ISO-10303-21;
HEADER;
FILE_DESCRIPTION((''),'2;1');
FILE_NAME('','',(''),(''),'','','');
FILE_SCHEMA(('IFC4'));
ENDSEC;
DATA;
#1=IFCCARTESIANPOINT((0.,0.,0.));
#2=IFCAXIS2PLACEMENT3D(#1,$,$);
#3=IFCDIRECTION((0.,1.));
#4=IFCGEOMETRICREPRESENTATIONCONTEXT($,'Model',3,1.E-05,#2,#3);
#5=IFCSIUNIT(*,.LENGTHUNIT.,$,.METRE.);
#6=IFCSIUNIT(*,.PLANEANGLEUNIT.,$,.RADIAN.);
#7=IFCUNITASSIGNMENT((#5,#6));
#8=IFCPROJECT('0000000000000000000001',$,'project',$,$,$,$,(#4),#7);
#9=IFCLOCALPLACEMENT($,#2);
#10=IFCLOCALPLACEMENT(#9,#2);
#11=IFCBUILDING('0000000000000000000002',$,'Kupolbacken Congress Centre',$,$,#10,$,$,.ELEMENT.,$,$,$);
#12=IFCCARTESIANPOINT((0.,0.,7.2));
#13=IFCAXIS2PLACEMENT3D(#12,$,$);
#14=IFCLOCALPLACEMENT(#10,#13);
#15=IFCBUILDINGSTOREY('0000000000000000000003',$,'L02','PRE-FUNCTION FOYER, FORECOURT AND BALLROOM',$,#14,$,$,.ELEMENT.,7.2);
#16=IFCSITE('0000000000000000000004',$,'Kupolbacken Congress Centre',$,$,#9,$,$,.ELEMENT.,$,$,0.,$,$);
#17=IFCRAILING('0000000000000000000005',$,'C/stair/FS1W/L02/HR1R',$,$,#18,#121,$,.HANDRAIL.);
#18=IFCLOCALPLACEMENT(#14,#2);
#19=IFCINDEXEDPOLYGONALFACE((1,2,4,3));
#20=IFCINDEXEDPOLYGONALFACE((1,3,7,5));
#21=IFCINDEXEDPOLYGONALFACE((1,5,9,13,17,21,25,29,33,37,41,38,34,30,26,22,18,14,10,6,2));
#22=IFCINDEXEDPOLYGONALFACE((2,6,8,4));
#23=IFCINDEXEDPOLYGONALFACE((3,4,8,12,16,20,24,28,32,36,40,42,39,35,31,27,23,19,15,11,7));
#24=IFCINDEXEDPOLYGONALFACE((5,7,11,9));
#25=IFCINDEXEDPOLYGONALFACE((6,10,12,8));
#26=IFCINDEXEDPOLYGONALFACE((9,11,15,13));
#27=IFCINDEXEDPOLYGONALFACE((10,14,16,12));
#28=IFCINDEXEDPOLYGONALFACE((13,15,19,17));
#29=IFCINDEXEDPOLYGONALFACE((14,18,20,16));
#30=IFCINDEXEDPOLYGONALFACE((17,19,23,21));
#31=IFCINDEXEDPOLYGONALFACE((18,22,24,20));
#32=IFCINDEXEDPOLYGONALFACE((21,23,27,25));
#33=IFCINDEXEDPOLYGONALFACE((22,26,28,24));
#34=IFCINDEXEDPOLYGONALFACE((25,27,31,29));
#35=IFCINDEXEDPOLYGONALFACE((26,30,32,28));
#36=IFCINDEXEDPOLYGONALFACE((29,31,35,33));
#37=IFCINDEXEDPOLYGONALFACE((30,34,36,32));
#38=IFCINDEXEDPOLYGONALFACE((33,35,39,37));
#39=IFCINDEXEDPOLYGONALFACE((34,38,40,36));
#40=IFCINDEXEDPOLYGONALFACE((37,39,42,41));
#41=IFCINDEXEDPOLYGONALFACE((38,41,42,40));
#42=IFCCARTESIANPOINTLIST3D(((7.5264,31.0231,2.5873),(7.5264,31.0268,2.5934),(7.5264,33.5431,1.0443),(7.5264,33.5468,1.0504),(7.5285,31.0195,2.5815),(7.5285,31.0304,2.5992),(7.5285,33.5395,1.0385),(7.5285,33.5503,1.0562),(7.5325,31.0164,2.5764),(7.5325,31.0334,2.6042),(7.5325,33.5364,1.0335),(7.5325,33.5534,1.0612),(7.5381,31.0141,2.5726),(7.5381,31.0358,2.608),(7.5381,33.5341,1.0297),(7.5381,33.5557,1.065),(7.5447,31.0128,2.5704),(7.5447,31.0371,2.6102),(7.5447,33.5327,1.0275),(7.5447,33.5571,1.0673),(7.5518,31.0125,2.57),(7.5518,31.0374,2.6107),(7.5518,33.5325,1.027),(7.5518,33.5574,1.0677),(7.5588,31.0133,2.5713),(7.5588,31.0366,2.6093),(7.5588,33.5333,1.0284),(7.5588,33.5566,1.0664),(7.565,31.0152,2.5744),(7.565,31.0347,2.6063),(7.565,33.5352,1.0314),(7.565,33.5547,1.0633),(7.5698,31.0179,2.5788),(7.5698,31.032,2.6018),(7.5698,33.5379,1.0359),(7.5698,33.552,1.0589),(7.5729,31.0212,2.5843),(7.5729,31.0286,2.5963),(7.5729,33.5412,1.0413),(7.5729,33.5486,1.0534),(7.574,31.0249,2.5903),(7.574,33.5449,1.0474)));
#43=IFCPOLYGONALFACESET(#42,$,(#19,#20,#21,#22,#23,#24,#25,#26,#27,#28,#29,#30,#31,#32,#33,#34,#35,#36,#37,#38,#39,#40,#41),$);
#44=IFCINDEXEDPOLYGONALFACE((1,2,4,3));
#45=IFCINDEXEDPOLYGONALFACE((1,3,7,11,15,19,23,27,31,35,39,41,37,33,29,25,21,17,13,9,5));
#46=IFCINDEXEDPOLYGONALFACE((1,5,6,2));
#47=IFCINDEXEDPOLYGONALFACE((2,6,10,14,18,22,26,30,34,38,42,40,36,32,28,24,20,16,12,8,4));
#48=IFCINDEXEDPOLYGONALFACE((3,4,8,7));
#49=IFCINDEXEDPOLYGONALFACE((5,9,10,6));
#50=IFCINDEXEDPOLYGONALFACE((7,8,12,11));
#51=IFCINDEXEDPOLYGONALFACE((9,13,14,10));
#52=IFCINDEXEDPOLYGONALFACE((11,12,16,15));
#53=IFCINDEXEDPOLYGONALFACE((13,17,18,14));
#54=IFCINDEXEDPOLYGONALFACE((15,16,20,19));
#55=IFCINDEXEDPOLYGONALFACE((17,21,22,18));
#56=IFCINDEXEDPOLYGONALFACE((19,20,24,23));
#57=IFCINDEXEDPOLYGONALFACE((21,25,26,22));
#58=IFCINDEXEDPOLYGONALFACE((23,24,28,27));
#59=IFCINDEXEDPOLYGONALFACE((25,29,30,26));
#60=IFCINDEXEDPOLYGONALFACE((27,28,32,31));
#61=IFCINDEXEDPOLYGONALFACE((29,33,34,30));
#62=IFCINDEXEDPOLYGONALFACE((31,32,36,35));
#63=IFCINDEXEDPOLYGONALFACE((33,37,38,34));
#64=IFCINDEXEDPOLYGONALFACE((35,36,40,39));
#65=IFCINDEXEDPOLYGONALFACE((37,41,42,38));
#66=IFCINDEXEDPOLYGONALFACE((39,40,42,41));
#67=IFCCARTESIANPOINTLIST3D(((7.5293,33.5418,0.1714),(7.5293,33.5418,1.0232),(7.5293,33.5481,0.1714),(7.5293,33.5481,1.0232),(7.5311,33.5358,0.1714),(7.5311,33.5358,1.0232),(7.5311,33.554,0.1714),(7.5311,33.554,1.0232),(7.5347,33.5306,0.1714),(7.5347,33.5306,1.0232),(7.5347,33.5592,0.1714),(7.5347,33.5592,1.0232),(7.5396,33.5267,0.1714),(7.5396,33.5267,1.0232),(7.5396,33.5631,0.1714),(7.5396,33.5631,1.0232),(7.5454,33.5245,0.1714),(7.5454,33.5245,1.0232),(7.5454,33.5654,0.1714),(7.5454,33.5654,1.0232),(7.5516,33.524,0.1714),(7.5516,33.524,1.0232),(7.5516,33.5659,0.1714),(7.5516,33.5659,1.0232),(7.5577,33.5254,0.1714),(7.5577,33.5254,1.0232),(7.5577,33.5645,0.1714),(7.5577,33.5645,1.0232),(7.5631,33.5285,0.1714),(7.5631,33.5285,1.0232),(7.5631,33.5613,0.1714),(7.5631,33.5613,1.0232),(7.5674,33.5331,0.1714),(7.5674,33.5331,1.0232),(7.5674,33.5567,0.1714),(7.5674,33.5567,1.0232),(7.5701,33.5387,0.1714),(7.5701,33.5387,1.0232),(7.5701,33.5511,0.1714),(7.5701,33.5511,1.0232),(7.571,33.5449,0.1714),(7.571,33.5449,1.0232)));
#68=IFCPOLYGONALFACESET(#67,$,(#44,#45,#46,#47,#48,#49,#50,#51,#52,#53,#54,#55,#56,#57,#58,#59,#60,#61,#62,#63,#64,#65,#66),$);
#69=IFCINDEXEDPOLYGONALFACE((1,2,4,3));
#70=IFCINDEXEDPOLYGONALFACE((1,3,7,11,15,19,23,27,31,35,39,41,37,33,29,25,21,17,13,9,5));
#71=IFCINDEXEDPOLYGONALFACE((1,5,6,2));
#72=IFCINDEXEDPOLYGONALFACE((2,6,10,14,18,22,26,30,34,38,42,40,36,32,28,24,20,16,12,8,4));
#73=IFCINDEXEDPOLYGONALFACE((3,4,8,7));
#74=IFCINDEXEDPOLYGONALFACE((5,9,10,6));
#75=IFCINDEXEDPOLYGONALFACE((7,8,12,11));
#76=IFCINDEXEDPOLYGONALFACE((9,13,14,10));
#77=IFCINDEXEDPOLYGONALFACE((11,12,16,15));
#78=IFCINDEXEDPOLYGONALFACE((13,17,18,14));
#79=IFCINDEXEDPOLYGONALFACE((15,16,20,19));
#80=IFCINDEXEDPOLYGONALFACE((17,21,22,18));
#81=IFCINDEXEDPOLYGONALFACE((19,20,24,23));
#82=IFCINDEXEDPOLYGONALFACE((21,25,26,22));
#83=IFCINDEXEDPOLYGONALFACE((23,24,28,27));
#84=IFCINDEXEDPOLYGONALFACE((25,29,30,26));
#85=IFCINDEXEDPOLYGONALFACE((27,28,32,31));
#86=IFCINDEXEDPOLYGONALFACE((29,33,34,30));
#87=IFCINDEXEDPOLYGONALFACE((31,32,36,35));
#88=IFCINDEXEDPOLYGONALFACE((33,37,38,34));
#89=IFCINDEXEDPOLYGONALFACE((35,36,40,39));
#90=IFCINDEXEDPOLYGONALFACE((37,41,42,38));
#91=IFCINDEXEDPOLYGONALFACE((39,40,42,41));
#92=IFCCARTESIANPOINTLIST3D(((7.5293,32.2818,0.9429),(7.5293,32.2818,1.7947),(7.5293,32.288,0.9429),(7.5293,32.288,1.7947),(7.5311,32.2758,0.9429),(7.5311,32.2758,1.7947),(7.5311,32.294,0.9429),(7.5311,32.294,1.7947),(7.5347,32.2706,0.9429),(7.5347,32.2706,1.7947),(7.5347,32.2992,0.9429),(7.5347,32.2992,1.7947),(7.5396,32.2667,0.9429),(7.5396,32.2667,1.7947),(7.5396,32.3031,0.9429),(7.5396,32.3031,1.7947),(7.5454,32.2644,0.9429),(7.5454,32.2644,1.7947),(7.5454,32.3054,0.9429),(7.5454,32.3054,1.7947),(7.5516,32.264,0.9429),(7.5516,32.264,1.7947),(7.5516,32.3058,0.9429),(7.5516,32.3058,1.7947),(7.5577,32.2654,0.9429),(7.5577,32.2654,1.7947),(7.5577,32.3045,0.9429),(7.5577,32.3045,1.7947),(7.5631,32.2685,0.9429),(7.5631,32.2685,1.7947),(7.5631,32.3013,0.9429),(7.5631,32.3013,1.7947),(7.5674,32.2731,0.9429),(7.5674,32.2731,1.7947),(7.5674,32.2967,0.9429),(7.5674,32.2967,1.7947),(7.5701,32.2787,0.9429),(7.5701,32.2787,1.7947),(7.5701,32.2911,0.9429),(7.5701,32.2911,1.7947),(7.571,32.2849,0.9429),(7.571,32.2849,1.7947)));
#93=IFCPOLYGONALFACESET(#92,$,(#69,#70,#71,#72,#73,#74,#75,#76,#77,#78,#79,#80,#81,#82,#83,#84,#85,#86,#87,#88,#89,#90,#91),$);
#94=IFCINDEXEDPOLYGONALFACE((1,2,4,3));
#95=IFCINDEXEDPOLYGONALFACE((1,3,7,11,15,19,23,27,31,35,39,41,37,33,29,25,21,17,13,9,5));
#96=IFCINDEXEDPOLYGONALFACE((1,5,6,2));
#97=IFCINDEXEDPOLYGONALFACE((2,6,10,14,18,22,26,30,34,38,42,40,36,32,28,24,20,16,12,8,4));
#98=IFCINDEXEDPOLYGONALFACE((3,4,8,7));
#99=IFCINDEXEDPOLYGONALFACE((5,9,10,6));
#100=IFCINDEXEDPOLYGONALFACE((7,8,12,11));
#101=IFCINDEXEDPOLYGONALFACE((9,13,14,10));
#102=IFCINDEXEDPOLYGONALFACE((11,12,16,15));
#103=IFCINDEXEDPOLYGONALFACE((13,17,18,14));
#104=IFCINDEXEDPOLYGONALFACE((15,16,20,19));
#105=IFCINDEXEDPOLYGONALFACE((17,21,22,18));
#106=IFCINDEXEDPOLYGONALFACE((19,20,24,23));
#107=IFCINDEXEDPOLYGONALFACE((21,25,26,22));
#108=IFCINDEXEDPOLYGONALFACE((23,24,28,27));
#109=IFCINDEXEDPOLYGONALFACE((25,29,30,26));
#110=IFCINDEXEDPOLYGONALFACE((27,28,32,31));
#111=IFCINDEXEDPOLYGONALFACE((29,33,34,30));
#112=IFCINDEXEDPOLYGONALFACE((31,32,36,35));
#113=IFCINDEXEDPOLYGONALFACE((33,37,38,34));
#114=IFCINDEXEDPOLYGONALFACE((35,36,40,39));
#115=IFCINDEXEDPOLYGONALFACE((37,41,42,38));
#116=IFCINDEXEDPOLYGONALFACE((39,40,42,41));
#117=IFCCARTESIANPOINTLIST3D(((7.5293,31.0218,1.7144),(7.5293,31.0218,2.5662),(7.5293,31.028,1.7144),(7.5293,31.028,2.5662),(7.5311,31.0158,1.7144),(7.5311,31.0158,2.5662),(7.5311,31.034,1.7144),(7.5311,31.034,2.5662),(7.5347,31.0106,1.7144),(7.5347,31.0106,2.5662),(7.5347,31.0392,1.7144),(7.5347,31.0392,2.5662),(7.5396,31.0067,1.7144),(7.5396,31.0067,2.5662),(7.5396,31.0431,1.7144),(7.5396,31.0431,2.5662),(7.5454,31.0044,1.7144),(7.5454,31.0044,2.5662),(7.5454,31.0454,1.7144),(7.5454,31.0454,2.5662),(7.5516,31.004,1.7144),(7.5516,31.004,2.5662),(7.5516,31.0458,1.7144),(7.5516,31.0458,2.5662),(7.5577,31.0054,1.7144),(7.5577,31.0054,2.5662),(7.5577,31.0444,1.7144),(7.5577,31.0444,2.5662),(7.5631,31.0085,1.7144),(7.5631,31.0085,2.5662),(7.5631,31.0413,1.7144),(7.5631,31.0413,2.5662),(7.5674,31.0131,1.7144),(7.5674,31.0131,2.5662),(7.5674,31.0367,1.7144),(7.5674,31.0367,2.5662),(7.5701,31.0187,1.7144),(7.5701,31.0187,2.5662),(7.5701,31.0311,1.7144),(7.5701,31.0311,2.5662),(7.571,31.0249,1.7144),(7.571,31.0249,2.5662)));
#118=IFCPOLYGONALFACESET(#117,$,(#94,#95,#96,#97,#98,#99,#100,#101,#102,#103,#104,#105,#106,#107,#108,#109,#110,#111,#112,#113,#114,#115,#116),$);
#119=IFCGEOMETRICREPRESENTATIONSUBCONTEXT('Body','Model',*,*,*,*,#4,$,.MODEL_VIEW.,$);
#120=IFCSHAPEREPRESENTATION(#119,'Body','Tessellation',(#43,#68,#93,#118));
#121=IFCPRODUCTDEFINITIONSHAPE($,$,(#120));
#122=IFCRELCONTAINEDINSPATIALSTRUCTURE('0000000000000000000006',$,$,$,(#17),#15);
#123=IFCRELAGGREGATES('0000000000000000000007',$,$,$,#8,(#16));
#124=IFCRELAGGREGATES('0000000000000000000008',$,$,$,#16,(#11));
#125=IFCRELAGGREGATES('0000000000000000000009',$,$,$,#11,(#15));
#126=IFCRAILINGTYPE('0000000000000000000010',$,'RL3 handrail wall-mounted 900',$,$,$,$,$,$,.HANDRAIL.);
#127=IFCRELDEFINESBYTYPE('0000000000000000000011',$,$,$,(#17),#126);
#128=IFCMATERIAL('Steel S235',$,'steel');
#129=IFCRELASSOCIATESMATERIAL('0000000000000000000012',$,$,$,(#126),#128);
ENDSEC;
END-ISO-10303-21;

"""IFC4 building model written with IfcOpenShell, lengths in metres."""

from ifc_helpers import new_model, si_unit, direction, frame, origin, origin_2d, place, context, subcontext, project, spatial, circle, extrude, material, type_object, element, save


model = new_model("IFC4")

# Units and contexts
model_context = context("Model", 3, precision=1e-05, world=origin(), true_north=direction((0.0, 1.0)))
body_context = subcontext(model_context, "Body", "Model", "MODEL_VIEW")
ifc_project = project(units=[si_unit("LENGTHUNIT", "METRE"), si_unit("PLANEANGLEUNIT", "RADIAN")], contexts=[model_context])

# Site, building, storey
site_placement = place(None, origin())
site = spatial("IfcSite", under=ifc_project, at=site_placement, Name="Kupolbacken Congress Centre", CompositionType="ELEMENT", RefElevation=0.0)
building_placement = place(site_placement, origin())
building = spatial("IfcBuilding", under=site, at=building_placement, Name="Kupolbacken Congress Centre", CompositionType="ELEMENT")
storey_placement = place(building_placement, frame((0.0, 0.0, 7.2)))
storey = spatial("IfcBuildingStorey", under=building, at=storey_placement, Name="L02", Description="PRE-FUNCTION FOYER, FORECOURT AND BALLROOM", CompositionType="ELEMENT", Elevation=7.2)

# Railing
ifc_material_1 = material(Name="Steel S235", Category="steel")
railing_type_1 = type_object("IfcRailingType", Name="RL3 handrail wall-mounted 900", PredefinedType="HANDRAIL", material=ifc_material_1)
railing_1_placement = place(storey_placement, frame((7.55, 33.5449, 0.1714)))
element("IfcRailing", 1, at=railing_1_placement, inside=storey, type_object=railing_type_1, Name="C/stair/FS1W/L02/HR1R", PredefinedType="HANDRAIL", context=body_context, shape_type="SweptSolid", body=[
    extrude(circle(Radius=0.0239, at=origin_2d()), frame((0.0, 0.0, 0.876), z_axis=(0.0, -0.852836, 0.522178), x_axis=(1.0, 0.0, 0.0)), (0.0, 0.0, 1.0), 2.9548),
    extrude(circle(Radius=0.021, at=origin_2d()), origin(), (0.0, 0.0, 1.0), 0.8518),
    extrude(circle(Radius=0.021, at=origin_2d()), frame((0.0, -1.26, 0.7715)), (0.0, 0.0, 1.0), 0.8518),
    extrude(circle(Radius=0.021, at=origin_2d()), frame((0.0, -2.52, 1.543)), (0.0, 0.0, 1.0), 0.8518),
])

save(model, "model.ifc")
